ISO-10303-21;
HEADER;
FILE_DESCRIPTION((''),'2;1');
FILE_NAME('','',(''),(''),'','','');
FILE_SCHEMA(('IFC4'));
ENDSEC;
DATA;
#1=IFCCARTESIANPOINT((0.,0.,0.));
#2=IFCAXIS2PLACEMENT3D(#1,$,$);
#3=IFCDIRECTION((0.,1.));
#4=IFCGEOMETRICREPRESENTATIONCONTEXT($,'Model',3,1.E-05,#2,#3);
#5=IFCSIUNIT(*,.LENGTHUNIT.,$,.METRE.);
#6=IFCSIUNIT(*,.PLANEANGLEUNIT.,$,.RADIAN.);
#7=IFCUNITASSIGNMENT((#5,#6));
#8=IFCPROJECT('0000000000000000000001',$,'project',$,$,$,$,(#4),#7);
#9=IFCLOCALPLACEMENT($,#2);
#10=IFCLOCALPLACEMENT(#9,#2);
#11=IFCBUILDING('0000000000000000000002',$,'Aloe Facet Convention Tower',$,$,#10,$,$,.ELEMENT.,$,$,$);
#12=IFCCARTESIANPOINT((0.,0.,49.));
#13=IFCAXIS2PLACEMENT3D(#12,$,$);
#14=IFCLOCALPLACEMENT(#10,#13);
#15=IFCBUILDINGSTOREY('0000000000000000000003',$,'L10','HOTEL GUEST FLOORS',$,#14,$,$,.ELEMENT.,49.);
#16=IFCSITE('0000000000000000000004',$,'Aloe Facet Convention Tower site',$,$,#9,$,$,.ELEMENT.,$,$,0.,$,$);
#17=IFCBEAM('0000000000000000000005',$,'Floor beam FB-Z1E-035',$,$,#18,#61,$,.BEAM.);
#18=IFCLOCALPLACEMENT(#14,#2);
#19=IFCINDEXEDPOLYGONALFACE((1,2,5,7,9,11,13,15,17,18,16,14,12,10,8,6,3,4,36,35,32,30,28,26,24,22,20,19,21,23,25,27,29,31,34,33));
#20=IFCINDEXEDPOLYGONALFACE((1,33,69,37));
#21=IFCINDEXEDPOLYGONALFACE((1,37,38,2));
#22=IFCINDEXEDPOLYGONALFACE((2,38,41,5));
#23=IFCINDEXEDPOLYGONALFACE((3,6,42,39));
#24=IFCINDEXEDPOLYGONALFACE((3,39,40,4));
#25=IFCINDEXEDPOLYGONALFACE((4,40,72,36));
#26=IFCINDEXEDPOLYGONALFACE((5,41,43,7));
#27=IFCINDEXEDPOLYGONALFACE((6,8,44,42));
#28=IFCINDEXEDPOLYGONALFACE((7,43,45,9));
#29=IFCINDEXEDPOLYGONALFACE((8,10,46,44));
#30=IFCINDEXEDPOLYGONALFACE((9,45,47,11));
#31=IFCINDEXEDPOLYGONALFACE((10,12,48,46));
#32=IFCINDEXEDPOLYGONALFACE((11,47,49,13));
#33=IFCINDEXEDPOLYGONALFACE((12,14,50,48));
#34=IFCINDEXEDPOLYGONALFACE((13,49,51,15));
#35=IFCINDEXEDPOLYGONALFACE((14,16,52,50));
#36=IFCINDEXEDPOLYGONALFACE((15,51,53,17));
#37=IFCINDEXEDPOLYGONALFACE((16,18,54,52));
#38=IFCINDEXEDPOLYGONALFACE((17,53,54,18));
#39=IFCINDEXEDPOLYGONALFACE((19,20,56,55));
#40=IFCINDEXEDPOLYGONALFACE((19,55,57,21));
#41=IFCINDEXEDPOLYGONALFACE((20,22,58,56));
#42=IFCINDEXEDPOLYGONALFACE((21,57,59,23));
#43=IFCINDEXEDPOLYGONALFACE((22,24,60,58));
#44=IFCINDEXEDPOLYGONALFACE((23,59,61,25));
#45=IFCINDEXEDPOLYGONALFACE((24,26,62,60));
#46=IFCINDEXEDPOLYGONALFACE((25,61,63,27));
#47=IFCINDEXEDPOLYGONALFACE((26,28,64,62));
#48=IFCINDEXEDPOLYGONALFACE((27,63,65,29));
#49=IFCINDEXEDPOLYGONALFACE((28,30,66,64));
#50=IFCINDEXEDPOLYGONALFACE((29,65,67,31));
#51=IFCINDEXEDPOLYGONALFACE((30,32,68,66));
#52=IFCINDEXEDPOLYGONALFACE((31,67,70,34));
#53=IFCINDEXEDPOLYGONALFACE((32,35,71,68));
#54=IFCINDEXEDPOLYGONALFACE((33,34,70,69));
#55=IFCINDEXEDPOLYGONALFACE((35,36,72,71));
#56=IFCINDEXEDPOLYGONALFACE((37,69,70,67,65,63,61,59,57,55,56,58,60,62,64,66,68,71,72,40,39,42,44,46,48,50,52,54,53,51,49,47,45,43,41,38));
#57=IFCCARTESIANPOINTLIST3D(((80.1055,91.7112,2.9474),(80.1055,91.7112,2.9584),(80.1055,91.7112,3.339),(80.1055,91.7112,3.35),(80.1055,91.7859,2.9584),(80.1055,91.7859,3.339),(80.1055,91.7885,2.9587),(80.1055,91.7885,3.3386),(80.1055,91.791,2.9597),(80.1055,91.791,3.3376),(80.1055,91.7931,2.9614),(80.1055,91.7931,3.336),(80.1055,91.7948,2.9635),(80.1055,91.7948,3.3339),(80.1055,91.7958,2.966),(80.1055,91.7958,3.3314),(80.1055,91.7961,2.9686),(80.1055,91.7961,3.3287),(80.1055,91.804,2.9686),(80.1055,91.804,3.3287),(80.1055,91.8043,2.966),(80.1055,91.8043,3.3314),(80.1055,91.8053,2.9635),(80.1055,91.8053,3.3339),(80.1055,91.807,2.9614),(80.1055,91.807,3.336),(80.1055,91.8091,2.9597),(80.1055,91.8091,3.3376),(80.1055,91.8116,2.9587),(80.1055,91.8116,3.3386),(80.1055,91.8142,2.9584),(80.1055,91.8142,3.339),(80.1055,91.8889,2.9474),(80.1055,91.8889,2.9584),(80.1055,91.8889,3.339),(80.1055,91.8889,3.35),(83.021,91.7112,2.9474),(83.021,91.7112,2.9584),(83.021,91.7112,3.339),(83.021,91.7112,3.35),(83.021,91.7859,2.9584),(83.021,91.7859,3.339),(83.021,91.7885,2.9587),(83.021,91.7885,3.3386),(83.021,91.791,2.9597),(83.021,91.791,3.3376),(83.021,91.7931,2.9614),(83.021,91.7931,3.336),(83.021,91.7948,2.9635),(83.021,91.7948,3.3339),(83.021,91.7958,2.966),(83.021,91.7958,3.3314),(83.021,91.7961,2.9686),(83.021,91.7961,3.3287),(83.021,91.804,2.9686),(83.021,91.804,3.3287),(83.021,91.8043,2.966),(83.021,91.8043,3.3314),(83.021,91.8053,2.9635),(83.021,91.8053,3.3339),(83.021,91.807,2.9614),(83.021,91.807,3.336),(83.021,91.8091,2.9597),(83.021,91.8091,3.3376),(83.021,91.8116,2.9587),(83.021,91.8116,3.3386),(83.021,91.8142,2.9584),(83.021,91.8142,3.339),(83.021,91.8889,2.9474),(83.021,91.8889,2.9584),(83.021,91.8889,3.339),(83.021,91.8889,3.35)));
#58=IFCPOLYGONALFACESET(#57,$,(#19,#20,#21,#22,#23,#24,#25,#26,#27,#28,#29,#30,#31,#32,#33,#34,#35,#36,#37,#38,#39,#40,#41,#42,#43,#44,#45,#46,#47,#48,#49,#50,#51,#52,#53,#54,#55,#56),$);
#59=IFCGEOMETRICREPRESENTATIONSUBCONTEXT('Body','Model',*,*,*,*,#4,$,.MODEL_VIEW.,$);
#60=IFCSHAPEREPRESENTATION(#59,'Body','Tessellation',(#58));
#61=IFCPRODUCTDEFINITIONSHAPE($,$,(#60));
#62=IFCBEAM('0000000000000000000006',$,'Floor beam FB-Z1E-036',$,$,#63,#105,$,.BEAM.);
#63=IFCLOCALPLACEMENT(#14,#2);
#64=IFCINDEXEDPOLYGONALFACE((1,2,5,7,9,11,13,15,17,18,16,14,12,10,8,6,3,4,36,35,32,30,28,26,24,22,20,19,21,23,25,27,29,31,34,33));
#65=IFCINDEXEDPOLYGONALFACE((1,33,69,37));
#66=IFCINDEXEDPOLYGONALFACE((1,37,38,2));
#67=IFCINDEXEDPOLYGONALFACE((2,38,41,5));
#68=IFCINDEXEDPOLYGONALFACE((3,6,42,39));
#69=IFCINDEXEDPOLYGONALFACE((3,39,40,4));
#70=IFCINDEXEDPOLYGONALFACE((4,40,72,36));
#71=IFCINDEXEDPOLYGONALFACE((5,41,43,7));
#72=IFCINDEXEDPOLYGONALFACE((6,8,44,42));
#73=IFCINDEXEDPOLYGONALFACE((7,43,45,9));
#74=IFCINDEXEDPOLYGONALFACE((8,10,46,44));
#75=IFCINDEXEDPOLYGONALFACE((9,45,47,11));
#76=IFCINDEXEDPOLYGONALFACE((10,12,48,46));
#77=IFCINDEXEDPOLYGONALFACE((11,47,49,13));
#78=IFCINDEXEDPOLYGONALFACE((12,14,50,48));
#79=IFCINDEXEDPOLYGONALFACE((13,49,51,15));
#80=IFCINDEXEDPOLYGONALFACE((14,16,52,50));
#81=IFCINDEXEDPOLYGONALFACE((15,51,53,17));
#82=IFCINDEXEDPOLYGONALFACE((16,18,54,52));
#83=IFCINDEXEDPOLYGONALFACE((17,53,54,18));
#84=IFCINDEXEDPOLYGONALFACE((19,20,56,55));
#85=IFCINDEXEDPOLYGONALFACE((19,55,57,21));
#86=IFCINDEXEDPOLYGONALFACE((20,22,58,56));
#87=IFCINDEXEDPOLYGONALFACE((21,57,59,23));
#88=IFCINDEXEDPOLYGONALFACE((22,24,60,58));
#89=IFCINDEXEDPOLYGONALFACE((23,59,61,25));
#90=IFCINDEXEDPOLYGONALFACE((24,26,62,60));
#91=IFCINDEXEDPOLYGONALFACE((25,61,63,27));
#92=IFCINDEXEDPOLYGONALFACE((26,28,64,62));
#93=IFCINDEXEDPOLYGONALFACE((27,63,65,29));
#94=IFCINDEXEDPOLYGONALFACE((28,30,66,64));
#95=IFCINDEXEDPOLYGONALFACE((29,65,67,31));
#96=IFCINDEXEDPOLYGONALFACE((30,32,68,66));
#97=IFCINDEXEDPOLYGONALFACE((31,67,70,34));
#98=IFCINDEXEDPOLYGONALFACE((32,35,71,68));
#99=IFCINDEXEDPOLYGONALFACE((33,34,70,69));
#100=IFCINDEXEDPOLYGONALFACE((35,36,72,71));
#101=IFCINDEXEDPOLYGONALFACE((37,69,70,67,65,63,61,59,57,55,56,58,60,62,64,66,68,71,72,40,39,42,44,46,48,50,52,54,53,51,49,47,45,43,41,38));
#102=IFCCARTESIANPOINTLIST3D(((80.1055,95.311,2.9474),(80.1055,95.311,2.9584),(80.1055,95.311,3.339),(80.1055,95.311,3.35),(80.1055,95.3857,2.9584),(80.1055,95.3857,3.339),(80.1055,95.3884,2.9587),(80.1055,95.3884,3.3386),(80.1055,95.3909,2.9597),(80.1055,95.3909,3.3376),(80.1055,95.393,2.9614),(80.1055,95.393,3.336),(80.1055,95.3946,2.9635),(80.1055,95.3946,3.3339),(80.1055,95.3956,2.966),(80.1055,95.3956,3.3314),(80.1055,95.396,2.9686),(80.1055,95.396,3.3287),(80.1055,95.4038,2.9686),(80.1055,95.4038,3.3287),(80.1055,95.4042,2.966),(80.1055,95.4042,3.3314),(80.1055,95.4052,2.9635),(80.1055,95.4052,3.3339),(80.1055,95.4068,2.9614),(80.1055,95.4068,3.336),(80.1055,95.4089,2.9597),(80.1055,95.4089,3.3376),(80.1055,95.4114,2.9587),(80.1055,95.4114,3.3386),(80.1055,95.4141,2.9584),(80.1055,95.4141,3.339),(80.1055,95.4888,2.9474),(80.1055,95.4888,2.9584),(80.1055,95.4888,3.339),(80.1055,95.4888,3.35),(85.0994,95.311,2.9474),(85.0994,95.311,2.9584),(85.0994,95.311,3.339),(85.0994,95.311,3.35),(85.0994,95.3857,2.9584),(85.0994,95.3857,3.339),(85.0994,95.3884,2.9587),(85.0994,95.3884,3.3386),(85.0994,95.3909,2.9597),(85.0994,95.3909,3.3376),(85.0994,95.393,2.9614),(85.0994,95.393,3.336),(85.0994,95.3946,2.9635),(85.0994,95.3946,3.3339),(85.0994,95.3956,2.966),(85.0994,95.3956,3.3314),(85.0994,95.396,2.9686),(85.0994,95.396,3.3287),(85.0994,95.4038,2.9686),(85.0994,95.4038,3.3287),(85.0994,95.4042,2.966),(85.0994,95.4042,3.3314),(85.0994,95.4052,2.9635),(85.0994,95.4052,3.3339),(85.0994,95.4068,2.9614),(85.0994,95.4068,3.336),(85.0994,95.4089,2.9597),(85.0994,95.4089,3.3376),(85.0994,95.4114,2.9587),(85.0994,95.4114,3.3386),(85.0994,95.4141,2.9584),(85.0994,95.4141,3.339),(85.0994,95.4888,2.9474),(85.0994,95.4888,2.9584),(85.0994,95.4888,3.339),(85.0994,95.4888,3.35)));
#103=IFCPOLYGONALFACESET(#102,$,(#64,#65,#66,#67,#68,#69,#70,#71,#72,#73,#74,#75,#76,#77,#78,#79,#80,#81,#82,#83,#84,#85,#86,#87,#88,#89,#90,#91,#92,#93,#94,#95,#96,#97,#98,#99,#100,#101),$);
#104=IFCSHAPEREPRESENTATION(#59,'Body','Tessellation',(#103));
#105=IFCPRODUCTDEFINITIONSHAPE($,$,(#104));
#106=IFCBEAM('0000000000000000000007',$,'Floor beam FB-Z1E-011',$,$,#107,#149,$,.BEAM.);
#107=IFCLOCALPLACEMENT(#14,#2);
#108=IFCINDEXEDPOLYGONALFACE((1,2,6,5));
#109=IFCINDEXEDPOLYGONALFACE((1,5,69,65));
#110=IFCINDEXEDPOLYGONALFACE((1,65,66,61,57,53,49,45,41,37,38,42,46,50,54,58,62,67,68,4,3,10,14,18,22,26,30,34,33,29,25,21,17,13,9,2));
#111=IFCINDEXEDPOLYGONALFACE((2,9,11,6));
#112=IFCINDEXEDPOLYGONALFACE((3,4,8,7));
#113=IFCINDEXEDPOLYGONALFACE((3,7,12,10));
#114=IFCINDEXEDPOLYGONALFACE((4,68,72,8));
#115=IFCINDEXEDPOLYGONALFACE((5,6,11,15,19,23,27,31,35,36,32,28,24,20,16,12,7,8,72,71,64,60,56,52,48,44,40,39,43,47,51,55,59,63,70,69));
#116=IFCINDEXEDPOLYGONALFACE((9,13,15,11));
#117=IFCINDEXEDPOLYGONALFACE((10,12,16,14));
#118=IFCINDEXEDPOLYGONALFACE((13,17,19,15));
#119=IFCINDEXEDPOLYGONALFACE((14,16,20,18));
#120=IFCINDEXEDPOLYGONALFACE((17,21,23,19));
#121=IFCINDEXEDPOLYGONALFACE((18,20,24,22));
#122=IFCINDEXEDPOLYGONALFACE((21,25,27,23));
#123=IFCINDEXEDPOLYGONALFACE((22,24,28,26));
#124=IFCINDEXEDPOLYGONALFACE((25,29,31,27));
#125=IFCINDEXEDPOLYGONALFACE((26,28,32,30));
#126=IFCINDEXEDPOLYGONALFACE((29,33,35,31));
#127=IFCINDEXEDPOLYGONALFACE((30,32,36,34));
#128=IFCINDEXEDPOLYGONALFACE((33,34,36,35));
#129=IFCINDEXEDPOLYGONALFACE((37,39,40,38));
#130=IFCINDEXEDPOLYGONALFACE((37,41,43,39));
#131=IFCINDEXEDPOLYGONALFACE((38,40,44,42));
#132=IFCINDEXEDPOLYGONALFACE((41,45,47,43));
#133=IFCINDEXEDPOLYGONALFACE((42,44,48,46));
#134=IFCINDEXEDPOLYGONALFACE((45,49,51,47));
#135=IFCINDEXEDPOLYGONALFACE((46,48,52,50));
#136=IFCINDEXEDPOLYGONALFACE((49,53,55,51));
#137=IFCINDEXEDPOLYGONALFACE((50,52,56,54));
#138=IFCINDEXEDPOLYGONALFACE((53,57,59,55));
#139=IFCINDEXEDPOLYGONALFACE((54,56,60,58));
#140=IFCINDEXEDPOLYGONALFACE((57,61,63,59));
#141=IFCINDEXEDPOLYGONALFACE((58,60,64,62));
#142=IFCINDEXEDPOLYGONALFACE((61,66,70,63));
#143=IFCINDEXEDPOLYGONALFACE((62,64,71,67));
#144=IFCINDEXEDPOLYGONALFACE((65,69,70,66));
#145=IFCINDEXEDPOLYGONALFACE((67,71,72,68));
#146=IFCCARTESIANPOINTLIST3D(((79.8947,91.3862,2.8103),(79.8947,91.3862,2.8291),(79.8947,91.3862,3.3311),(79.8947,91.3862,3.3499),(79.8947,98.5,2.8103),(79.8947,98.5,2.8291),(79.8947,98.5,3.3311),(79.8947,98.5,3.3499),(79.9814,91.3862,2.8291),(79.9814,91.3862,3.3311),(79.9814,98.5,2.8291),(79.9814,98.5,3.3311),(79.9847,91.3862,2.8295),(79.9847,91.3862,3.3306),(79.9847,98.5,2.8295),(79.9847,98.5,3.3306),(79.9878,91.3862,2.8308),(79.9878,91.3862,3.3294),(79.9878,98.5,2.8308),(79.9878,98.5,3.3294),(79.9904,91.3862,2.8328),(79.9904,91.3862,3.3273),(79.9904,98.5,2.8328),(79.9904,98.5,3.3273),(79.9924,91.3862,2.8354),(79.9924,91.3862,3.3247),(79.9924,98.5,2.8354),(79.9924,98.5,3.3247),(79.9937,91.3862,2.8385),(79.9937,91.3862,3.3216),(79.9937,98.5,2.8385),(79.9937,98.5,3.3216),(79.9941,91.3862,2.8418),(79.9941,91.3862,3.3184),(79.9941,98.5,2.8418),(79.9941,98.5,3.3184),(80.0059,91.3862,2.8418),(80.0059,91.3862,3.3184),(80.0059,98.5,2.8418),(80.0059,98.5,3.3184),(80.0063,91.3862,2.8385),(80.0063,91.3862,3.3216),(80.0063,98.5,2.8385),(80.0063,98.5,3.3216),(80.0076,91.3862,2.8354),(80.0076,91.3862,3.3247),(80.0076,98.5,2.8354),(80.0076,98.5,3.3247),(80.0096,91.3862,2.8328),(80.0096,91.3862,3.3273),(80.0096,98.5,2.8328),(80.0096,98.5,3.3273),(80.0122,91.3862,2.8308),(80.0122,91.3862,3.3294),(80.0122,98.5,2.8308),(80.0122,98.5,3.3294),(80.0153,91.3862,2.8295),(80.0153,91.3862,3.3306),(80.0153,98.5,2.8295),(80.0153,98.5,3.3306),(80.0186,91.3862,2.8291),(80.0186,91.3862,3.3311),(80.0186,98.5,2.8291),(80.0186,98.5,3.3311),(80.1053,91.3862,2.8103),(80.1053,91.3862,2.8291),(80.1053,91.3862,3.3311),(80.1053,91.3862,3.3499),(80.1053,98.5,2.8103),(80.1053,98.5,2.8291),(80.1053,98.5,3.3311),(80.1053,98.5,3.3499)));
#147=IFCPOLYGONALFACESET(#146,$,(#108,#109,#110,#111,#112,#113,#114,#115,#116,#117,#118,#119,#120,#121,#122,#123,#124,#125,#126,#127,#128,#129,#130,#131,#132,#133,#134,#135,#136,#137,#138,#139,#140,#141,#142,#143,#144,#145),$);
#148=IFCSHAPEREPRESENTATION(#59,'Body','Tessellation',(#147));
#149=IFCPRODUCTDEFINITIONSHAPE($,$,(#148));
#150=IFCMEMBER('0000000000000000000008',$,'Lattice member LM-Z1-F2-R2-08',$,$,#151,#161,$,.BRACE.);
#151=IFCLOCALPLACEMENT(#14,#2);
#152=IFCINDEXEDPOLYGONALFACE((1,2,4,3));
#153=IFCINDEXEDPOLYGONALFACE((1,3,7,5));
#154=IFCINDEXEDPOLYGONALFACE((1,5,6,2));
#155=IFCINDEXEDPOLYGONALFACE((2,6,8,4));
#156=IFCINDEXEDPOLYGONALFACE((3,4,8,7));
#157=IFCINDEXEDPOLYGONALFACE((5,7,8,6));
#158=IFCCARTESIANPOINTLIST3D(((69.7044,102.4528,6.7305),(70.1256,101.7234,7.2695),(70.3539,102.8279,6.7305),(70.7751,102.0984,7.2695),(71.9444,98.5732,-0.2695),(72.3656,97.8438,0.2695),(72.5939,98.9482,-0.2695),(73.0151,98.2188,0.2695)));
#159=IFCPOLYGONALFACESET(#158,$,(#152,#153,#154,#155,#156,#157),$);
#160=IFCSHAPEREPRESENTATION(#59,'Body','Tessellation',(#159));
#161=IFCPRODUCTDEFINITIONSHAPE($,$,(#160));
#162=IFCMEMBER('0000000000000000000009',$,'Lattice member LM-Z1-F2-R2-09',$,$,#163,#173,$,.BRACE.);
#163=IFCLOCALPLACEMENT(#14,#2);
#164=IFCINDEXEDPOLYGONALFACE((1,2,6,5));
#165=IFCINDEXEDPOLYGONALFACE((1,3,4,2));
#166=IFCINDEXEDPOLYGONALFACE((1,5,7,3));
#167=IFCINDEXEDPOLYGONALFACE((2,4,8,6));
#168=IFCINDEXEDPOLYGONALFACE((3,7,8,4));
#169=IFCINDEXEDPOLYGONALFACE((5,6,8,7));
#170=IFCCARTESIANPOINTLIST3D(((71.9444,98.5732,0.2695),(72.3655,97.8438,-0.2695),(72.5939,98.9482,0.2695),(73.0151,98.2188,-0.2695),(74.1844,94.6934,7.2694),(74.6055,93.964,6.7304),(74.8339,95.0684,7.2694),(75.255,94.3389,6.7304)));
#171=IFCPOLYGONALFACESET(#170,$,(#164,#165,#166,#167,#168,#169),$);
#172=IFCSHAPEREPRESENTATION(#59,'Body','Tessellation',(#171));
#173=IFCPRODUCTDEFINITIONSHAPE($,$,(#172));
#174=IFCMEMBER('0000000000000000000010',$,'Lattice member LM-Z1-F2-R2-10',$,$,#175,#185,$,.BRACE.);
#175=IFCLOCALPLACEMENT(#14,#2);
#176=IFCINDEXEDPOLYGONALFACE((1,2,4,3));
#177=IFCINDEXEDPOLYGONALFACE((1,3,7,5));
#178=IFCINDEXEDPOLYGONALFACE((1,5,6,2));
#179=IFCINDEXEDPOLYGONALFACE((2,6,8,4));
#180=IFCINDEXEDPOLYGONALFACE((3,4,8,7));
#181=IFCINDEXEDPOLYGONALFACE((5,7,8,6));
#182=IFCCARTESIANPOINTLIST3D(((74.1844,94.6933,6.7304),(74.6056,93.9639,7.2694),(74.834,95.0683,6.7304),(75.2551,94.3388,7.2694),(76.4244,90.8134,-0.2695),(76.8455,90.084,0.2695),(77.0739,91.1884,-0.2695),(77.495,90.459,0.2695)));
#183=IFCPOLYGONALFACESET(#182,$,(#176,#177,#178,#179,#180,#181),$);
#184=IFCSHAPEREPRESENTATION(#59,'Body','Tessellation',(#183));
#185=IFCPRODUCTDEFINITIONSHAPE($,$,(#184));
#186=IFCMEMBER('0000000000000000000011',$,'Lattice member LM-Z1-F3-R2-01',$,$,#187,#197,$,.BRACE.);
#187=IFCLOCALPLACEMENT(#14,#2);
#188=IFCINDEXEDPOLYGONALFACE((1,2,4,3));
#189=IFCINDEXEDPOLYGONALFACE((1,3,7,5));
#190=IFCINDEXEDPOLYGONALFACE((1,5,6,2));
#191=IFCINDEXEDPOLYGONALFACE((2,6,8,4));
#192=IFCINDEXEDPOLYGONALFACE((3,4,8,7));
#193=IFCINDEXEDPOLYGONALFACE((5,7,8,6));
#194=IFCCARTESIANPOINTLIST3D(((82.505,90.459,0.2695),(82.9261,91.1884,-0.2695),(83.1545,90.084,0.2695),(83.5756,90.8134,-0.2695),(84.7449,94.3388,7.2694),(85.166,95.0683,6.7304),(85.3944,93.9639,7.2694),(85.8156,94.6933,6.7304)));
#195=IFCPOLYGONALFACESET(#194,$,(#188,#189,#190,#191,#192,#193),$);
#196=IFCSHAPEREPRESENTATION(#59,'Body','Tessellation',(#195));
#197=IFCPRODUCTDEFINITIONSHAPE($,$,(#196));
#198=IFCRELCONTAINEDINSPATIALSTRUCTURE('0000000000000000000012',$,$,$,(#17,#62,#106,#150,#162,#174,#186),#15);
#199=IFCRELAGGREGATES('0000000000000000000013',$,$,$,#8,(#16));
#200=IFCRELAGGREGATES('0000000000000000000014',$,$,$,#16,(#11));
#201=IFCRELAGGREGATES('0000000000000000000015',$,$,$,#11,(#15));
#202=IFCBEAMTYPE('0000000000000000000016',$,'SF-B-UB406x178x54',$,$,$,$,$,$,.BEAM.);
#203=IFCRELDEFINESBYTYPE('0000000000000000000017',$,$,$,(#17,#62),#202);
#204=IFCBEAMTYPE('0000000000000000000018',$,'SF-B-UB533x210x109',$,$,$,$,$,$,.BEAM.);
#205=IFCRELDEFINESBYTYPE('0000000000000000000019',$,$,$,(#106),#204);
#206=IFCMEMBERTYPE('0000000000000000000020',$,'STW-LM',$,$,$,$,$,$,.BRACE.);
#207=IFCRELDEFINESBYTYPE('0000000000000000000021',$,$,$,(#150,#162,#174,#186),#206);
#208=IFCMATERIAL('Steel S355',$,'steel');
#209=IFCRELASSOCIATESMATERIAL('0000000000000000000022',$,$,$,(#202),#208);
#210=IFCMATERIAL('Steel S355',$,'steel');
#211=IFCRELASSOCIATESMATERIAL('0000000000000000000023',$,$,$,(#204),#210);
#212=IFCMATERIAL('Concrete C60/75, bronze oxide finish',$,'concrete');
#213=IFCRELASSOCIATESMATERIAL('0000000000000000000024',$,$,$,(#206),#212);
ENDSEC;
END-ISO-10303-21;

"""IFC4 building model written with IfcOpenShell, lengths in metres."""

from ifc_helpers import new_model, si_unit, direction, frame, origin, origin_2d, place, context, subcontext, project, spatial, rectangle, i_section, extrude, material, material_profile, profile_set, type_object, element, save


model = new_model("IFC4")

# Units and contexts
model_context = context("Model", 3, precision=1e-05, world=origin(), true_north=direction((0.0, 1.0)))
body_context = subcontext(model_context, "Body", "Model", "MODEL_VIEW")
ifc_project = project(units=[si_unit("LENGTHUNIT", "METRE"), si_unit("PLANEANGLEUNIT", "RADIAN")], contexts=[model_context])

# Site, building, storey
site_placement = place(None, origin())
site = spatial("IfcSite", under=ifc_project, at=site_placement, Name="Aloe Facet Convention Tower site", CompositionType="ELEMENT", RefElevation=0.0)
building_placement = place(site_placement, origin())
building = spatial("IfcBuilding", under=site, at=building_placement, Name="Aloe Facet Convention Tower", CompositionType="ELEMENT")
storey_placement = place(building_placement, frame((0.0, 0.0, 49.0)))
storey = spatial("IfcBuildingStorey", under=building, at=storey_placement, Name="L10", Description="HOTEL GUEST FLOORS", CompositionType="ELEMENT", Elevation=49.0)

# Beams
ifc_material_1 = material(Name="Steel S355", Category="steel")
ifc_material_profile_1 = material_profile(ifc_material_1, i_section(OverallWidth=0.1777, OverallDepth=0.4026, WebThickness=0.0078, FlangeThickness=0.011, FilletRadius=0.0103, at=origin_2d()), Name="UB 406x178x54")
ifc_profile_set_1 = profile_set([ifc_material_profile_1], Name="Steel S355")
beam_type_1 = type_object("IfcBeamType", Name="SF-B-UB406x178x54", PredefinedType="BEAM", material=ifc_profile_set_1)
for number, where, z_axis, x_axis, name in (
    (1, (80.1055, 91.8, 3.1487), (1.0, 0.0, 0.0), (0.0, 1.0, 0.0), "Floor beam FB-Z1E-035"),
):
    element("IfcBeam", number, at=place(storey_placement, frame(where, z_axis=z_axis, x_axis=x_axis)), inside=storey, type_object=beam_type_1, Name=name, PredefinedType="BEAM", context=body_context, shape_type="SweptSolid", body=[
        extrude(i_section(OverallWidth=0.1777, OverallDepth=0.4026, WebThickness=0.0078, FlangeThickness=0.011, FilletRadius=0.0103, at=origin_2d()), origin(), (0.0, 0.0, 1.0), 2.9155),
    ])
beam_1_placement = place(storey_placement, frame((80.1055, 95.3999, 3.1487), z_axis=(1.0, 0.0, 0.0), x_axis=(0.0, 1.0, 0.0)))
element("IfcBeam", 2, at=beam_1_placement, inside=storey, type_object=beam_type_1, Name="Floor beam FB-Z1E-036", PredefinedType="BEAM", context=body_context, shape_type="SweptSolid", body=[
    extrude(i_section(OverallWidth=0.1777, OverallDepth=0.4026, WebThickness=0.0078, FlangeThickness=0.011, FilletRadius=0.0103, at=origin_2d()), origin(), (0.0, 0.0, 1.0), 4.9939),
])
ifc_material_2 = material(Name="Steel S355", Category="steel")
ifc_material_profile_2 = material_profile(ifc_material_2, i_section(OverallWidth=0.2107, OverallDepth=0.5396, WebThickness=0.0117, FlangeThickness=0.0188, FilletRadius=0.0127, at=origin_2d()), Name="UB 533x210x109")
ifc_profile_set_2 = profile_set([ifc_material_profile_2], Name="Steel S355")
beam_type_2 = type_object("IfcBeamType", Name="SF-B-UB533x210x109", PredefinedType="BEAM", material=ifc_profile_set_2)
beam_2_placement = place(storey_placement, frame((80.0, 98.5, 3.0801), z_axis=(0.0, -1.0, 0.0), x_axis=(1.0, 0.0, 0.0)))
element("IfcBeam", 3, at=beam_2_placement, inside=storey, type_object=beam_type_2, Name="Floor beam FB-Z1E-011", PredefinedType="BEAM", context=body_context, shape_type="SweptSolid", body=[
    extrude(i_section(OverallWidth=0.2107, OverallDepth=0.5396, WebThickness=0.0117, FlangeThickness=0.0188, FilletRadius=0.0127, at=origin_2d()), origin(), (0.0, 0.0, 1.0), 7.1138),
])

# Members
ifc_material_3 = material(Name="Concrete C60/75, bronze oxide finish", Category="concrete")
ifc_material_profile_3 = material_profile(ifc_material_3, rectangle(XDim=0.75, YDim=1.0, at=origin_2d()), Name="STW-LM")
ifc_profile_set_3 = profile_set([ifc_material_profile_3], Name="Concrete C60/75, bronze oxide finish")
member_type = type_object("IfcMemberType", Name="STW-LM", PredefinedType="BRACE", material=ifc_profile_set_3)
for number, where, z_axis, x_axis, name in (
    (4, (72.4797, 98.396, 0.0), (-0.269528, 0.46682, 0.842279), (-0.866018, -0.500013, 0.0), "Lattice member LM-Z1-F2-R2-08"),
    (5, (72.4797, 98.396, 0.0), (0.269524, -0.466843, 0.842267), (0.866031, 0.49999, 0.0), "Lattice member LM-Z1-F2-R2-09"),
    (6, (76.9597, 90.6362, 0.0), (-0.269524, 0.466843, 0.842267), (-0.866031, -0.49999, 0.0), "Lattice member LM-Z1-F2-R2-10"),
    (7, (83.0403, 90.6362, 0.0), (0.269524, 0.466843, 0.842267), (-0.866031, 0.49999, 0.0), "Lattice member LM-Z1-F3-R2-01"),
):
    element("IfcMember", number, at=place(storey_placement, frame(where, z_axis=z_axis, x_axis=x_axis)), inside=storey, type_object=member_type, Name=name, PredefinedType="BRACE", context=body_context, shape_type="SweptSolid", body=[
        extrude(rectangle(XDim=0.75, YDim=1.0, at=origin_2d()), origin(), (0.0, 0.0, 1.0), 8.3108),
    ])

save(model, "model.ifc")
